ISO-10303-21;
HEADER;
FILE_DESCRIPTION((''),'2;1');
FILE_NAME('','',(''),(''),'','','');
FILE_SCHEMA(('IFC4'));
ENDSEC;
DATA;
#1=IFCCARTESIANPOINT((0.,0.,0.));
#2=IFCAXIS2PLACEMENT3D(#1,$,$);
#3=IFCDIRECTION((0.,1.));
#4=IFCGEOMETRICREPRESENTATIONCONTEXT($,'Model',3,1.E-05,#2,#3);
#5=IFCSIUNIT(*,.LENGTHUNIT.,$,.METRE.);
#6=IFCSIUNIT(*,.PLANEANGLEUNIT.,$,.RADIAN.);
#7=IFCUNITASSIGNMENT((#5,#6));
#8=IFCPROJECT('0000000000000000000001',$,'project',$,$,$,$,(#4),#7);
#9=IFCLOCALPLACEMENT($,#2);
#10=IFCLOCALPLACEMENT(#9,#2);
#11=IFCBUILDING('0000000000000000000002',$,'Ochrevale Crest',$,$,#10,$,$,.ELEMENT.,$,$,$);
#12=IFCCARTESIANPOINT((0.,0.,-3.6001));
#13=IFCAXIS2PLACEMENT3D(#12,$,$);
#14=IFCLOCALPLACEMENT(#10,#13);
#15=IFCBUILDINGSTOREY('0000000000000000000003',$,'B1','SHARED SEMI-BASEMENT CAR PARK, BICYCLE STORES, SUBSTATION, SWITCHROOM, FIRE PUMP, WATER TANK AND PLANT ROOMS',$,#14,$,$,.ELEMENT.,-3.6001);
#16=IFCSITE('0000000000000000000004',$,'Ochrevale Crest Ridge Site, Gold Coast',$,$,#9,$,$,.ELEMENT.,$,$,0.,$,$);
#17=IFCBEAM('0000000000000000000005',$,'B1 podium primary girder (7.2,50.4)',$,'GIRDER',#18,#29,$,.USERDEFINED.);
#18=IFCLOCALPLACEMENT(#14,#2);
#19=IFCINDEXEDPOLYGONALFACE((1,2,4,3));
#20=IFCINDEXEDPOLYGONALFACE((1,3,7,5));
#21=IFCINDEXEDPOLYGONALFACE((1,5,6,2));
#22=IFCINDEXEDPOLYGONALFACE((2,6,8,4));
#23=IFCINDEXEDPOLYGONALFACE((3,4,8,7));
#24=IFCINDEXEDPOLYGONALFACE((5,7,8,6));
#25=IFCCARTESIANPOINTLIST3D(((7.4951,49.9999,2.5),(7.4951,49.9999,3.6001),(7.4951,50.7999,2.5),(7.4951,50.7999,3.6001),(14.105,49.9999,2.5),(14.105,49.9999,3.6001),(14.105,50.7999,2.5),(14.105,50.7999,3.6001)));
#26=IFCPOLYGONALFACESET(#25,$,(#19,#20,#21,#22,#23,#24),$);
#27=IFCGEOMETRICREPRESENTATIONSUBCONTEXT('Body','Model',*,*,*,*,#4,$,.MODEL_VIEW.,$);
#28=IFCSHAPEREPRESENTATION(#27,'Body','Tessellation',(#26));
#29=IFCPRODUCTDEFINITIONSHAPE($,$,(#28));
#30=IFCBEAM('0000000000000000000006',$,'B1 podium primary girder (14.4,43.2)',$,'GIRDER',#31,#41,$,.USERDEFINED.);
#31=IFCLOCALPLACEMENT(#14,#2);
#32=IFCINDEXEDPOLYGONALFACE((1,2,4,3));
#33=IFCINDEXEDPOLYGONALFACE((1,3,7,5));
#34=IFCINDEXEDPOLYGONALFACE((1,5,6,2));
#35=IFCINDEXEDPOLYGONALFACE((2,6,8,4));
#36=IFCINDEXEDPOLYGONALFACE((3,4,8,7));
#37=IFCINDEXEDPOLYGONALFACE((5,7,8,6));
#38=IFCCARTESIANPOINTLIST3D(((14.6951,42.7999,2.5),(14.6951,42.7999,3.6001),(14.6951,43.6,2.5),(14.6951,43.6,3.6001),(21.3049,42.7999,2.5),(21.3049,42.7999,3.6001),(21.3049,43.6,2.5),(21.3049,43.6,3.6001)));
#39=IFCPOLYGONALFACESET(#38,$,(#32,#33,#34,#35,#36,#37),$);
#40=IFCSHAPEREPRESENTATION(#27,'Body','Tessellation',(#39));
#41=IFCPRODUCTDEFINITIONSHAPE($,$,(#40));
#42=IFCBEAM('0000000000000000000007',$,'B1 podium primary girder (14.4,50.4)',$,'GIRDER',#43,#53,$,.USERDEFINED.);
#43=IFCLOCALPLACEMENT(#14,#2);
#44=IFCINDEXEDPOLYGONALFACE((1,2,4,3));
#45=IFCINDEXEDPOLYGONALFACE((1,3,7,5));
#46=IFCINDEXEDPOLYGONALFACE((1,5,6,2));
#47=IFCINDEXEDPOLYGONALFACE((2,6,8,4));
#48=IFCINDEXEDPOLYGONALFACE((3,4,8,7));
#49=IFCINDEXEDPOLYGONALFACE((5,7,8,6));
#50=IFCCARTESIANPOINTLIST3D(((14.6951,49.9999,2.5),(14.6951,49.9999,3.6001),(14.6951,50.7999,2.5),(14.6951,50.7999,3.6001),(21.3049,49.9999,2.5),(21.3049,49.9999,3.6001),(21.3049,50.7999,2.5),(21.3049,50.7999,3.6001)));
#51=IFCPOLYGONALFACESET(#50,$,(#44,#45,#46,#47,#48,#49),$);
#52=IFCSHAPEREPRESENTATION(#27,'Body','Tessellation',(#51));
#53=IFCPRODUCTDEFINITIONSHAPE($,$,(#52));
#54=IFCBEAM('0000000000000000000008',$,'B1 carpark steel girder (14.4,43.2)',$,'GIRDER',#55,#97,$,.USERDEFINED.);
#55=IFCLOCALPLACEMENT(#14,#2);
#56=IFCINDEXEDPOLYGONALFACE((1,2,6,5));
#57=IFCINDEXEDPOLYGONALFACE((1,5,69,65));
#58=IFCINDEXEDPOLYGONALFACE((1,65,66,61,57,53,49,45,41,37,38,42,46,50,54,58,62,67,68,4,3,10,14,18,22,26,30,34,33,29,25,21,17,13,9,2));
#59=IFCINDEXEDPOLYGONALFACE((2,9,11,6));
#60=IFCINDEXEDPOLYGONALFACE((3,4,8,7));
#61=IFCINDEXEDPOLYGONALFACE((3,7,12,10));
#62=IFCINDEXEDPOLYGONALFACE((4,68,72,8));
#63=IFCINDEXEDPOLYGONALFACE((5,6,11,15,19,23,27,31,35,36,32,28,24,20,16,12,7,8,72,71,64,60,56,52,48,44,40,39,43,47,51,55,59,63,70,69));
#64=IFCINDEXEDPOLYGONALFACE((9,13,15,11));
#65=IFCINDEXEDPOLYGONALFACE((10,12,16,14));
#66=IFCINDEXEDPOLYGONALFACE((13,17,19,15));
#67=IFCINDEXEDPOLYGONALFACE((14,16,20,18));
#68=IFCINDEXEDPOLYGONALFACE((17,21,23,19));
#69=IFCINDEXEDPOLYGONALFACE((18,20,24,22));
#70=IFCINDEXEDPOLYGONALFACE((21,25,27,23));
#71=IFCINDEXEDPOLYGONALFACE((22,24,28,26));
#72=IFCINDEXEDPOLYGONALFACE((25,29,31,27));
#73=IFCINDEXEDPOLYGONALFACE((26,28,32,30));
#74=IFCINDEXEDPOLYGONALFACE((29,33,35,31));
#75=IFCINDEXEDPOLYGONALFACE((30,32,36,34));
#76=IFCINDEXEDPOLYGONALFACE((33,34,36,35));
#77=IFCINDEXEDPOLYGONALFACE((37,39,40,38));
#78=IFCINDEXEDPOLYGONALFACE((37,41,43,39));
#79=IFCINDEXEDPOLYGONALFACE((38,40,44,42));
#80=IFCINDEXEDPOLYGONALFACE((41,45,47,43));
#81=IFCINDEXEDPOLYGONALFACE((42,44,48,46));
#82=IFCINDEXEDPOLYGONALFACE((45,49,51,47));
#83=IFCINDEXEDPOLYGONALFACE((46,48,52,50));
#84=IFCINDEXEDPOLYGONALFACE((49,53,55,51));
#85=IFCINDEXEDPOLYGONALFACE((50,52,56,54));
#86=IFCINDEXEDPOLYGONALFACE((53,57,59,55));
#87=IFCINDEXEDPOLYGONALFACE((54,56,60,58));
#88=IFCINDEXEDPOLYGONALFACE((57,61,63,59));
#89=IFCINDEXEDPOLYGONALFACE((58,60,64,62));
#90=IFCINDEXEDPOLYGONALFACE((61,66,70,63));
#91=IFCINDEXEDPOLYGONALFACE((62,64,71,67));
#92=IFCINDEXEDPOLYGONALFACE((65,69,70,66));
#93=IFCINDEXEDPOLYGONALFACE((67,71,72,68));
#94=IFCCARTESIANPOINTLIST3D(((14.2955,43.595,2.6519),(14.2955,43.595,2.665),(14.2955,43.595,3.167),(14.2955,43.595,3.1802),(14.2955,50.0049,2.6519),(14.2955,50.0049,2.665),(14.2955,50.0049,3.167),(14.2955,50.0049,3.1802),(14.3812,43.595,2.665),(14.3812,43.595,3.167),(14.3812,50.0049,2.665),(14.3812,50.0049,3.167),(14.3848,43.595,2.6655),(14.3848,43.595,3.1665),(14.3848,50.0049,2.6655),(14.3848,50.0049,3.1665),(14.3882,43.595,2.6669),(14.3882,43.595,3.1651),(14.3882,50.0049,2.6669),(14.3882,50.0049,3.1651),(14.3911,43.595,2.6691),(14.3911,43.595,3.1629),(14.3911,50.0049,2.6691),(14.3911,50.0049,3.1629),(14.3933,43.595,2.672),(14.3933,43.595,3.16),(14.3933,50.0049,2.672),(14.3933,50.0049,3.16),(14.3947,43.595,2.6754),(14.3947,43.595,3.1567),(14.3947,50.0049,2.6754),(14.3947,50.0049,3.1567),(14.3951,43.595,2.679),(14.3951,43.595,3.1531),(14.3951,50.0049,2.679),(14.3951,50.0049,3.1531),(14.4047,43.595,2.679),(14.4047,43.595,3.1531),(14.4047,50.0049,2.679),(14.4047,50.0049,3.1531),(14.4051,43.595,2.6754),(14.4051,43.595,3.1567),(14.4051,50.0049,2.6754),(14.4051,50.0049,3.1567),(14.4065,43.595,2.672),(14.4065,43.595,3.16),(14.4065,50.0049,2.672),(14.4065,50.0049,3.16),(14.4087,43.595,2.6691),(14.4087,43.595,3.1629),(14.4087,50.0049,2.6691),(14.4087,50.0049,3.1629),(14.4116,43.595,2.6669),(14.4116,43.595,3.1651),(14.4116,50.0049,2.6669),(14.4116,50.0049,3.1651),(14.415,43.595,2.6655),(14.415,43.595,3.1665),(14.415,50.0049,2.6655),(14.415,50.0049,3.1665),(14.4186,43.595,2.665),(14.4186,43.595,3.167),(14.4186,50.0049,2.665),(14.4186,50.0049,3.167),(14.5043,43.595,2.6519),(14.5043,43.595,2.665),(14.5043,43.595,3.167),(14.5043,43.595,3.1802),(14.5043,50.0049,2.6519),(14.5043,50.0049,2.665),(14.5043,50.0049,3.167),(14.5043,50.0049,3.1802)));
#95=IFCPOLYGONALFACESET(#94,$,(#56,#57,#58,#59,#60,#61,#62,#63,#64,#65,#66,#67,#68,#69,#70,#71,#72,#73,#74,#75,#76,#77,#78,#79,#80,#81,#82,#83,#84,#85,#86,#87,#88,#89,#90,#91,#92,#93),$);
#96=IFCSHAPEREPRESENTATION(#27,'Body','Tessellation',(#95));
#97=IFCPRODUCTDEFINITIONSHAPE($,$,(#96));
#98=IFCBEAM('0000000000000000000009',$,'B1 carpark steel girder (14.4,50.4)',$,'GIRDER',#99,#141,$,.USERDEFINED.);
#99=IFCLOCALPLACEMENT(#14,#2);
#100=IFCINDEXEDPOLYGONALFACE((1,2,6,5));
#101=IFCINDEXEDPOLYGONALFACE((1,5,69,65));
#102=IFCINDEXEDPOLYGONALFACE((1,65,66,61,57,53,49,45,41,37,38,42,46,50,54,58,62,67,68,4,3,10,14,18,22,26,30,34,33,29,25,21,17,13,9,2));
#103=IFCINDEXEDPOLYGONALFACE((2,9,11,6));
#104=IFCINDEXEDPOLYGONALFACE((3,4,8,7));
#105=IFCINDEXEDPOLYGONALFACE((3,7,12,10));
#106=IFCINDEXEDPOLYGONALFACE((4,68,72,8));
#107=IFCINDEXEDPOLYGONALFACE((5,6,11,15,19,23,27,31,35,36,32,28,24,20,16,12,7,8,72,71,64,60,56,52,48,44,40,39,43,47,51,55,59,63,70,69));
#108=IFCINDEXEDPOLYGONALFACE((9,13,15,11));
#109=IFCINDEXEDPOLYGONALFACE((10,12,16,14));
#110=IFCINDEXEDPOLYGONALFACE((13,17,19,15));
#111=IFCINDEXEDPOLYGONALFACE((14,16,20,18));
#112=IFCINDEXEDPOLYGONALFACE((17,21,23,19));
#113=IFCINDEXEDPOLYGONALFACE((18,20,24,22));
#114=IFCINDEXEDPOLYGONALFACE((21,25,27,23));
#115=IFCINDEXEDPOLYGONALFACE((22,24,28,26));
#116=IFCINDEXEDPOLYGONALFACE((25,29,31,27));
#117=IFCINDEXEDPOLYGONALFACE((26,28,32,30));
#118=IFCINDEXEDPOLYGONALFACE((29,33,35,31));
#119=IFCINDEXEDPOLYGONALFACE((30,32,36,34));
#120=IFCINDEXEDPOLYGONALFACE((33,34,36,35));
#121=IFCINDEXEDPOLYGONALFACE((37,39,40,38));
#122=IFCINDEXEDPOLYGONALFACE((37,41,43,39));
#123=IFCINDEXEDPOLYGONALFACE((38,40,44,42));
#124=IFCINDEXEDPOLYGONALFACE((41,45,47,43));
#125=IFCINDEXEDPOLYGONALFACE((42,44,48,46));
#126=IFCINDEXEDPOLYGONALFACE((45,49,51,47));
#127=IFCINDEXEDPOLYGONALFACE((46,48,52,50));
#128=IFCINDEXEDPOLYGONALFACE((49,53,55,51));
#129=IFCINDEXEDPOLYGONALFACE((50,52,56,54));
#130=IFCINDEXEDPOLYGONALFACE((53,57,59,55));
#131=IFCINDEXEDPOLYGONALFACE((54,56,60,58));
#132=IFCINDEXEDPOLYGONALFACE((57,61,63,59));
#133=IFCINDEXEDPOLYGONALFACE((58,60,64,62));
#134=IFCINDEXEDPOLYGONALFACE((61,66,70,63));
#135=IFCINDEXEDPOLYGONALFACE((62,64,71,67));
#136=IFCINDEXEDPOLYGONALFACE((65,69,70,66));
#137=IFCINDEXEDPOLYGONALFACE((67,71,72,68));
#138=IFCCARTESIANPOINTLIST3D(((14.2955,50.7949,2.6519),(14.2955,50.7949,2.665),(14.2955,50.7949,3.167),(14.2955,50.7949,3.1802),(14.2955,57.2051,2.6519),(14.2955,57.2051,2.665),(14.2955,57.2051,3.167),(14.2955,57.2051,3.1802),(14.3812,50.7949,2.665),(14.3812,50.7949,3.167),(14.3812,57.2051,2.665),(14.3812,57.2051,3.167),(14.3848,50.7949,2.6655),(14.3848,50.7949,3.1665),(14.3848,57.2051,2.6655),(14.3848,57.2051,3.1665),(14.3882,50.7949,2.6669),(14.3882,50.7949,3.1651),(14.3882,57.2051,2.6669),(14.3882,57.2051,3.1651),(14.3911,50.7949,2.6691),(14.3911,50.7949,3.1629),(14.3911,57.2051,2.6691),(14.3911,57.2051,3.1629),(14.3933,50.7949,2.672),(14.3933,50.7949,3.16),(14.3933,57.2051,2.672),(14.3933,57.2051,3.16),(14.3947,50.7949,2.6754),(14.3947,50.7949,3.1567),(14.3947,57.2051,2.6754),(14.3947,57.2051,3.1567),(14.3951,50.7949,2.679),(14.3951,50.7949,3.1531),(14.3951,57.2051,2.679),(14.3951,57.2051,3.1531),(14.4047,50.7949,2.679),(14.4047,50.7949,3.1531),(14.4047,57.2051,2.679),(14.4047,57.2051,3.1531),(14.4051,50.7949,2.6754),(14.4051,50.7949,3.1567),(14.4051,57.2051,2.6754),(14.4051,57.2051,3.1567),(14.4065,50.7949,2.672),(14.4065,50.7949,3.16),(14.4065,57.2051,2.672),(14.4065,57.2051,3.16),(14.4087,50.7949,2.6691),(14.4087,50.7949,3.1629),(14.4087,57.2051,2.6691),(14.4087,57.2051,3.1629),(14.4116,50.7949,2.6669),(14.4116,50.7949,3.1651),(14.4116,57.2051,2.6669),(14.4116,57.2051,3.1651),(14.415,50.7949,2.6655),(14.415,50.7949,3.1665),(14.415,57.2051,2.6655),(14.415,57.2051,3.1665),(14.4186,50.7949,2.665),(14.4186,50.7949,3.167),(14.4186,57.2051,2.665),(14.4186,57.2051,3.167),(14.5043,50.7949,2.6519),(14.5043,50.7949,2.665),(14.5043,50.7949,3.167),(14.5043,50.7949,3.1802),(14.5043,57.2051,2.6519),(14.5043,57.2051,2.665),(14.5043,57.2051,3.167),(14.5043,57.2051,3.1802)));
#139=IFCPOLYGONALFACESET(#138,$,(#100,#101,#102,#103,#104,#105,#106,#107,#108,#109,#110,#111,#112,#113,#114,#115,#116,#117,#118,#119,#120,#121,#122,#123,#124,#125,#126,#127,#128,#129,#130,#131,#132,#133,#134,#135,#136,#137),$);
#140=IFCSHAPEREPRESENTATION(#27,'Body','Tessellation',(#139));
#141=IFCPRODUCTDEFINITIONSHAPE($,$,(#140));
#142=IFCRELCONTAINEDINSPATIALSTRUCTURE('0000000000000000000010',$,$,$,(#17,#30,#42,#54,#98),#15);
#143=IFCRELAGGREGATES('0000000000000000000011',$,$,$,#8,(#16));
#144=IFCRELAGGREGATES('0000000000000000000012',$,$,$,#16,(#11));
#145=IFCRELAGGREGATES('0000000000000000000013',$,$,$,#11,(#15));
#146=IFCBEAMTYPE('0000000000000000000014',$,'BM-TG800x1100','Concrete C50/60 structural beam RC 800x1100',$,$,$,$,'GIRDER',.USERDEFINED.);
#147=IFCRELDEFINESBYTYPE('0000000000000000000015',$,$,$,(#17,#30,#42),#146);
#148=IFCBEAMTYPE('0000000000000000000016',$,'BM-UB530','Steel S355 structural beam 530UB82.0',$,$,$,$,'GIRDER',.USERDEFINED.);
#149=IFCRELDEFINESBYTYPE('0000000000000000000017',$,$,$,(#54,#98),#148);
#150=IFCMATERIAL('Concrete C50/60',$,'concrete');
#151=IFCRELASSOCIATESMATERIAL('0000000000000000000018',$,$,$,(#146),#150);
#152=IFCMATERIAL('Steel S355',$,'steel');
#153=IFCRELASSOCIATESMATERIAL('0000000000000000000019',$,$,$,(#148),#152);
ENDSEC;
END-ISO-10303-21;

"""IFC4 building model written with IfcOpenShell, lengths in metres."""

from ifc_helpers import new_model, si_unit, direction, frame, origin, origin_2d, place, context, subcontext, project, spatial, rectangle, i_section, extrude, material, material_profile, profile_set, type_object, element, save


model = new_model("IFC4")

# Units and contexts
model_context = context("Model", 3, precision=1e-05, world=origin(), true_north=direction((0.0, 1.0)))
body_context = subcontext(model_context, "Body", "Model", "MODEL_VIEW")
ifc_project = project(units=[si_unit("LENGTHUNIT", "METRE"), si_unit("PLANEANGLEUNIT", "RADIAN")], contexts=[model_context])

# Site, building, storey
site_placement = place(None, origin())
site = spatial("IfcSite", under=ifc_project, at=site_placement, Name="Ochrevale Crest Ridge Site, Gold Coast", CompositionType="ELEMENT", RefElevation=0.0)
building_placement = place(site_placement, origin())
building = spatial("IfcBuilding", under=site, at=building_placement, Name="Ochrevale Crest", CompositionType="ELEMENT")
storey_placement = place(building_placement, frame((0.0, 0.0, -3.6001)))
storey = spatial("IfcBuildingStorey", under=building, at=storey_placement, Name="B1", Description="SHARED SEMI-BASEMENT CAR PARK, BICYCLE STORES, SUBSTATION, SWITCHROOM, FIRE PUMP, WATER TANK AND PLANT ROOMS", CompositionType="ELEMENT", Elevation=-3.6001)

# Shared definitions
ifc_material_1 = material(Name="Concrete C50/60", Category="concrete")

# Beams
ifc_material_profile_1 = material_profile(ifc_material_1, rectangle(XDim=0.8, YDim=1.1001, at=origin_2d()), Name="RC 800x1100")
ifc_profile_set_1 = profile_set([ifc_material_profile_1], Name="Concrete C50/60")
beam_type_1 = type_object("IfcBeamType", Name="BM-TG800x1100", Description="Concrete C50/60 structural beam RC 800x1100", ElementType="GIRDER", PredefinedType="USERDEFINED", material=ifc_profile_set_1)
for number, where, z_axis, x_axis, name in (
    (1, (7.4951, 50.3999, 3.05), (1.0, 0.0, 0.0), (0.0, 1.0, 0.0), "B1 podium primary girder (7.2,50.4)"),
    (2, (14.6951, 43.2, 3.05), (1.0, 0.0, 0.0), (0.0, 1.0, 0.0), "B1 podium primary girder (14.4,43.2)"),
    (3, (14.6951, 50.3999, 3.05), (1.0, 0.0, 0.0), (0.0, 1.0, 0.0), "B1 podium primary girder (14.4,50.4)"),
):
    element("IfcBeam", number, at=place(storey_placement, frame(where, z_axis=z_axis, x_axis=x_axis)), inside=storey, type_object=beam_type_1, Name=name, ObjectType="GIRDER", PredefinedType="USERDEFINED", context=body_context, shape_type="SweptSolid", body=[
        extrude(rectangle(XDim=0.8, YDim=1.1001, at=origin_2d()), origin(), (0.0, 0.0, 1.0), 6.6099),
    ])
ifc_material_2 = material(Name="Steel S355", Category="steel")
ifc_material_profile_2 = material_profile(ifc_material_2, i_section(OverallWidth=0.2087, OverallDepth=0.5283, WebThickness=0.0095, FlangeThickness=0.0132, FilletRadius=0.0139, at=origin_2d()), Name="530UB82.0")
ifc_profile_set_2 = profile_set([ifc_material_profile_2], Name="Steel S355")
beam_type_2 = type_object("IfcBeamType", Name="BM-UB530", Description="Steel S355 structural beam 530UB82.0", ElementType="GIRDER", PredefinedType="USERDEFINED", material=ifc_profile_set_2)
beam_1_placement = place(storey_placement, frame((14.3999, 43.595, 2.916), z_axis=(0.0, 1.0, 0.0), x_axis=(-1.0, 0.0, 0.0)))
element("IfcBeam", 4, at=beam_1_placement, inside=storey, type_object=beam_type_2, Name="B1 carpark steel girder (14.4,43.2)", ObjectType="GIRDER", PredefinedType="USERDEFINED", context=body_context, shape_type="SweptSolid", body=[
    extrude(i_section(OverallWidth=0.2087, OverallDepth=0.5283, WebThickness=0.0095, FlangeThickness=0.0132, FilletRadius=0.0139, at=origin_2d()), origin(), (0.0, 0.0, 1.0), 6.4099),
])
beam_2_placement = place(storey_placement, frame((14.3999, 50.7949, 2.916), z_axis=(0.0, 1.0, 0.0), x_axis=(-1.0, 0.0, 0.0)))
element("IfcBeam", 5, at=beam_2_placement, inside=storey, type_object=beam_type_2, Name="B1 carpark steel girder (14.4,50.4)", ObjectType="GIRDER", PredefinedType="USERDEFINED", context=body_context, shape_type="SweptSolid", body=[
    extrude(i_section(OverallWidth=0.2087, OverallDepth=0.5283, WebThickness=0.0095, FlangeThickness=0.0132, FilletRadius=0.0139, at=origin_2d()), origin(), (0.0, 0.0, 1.0), 6.4102),
])

save(model, "model.ifc")
